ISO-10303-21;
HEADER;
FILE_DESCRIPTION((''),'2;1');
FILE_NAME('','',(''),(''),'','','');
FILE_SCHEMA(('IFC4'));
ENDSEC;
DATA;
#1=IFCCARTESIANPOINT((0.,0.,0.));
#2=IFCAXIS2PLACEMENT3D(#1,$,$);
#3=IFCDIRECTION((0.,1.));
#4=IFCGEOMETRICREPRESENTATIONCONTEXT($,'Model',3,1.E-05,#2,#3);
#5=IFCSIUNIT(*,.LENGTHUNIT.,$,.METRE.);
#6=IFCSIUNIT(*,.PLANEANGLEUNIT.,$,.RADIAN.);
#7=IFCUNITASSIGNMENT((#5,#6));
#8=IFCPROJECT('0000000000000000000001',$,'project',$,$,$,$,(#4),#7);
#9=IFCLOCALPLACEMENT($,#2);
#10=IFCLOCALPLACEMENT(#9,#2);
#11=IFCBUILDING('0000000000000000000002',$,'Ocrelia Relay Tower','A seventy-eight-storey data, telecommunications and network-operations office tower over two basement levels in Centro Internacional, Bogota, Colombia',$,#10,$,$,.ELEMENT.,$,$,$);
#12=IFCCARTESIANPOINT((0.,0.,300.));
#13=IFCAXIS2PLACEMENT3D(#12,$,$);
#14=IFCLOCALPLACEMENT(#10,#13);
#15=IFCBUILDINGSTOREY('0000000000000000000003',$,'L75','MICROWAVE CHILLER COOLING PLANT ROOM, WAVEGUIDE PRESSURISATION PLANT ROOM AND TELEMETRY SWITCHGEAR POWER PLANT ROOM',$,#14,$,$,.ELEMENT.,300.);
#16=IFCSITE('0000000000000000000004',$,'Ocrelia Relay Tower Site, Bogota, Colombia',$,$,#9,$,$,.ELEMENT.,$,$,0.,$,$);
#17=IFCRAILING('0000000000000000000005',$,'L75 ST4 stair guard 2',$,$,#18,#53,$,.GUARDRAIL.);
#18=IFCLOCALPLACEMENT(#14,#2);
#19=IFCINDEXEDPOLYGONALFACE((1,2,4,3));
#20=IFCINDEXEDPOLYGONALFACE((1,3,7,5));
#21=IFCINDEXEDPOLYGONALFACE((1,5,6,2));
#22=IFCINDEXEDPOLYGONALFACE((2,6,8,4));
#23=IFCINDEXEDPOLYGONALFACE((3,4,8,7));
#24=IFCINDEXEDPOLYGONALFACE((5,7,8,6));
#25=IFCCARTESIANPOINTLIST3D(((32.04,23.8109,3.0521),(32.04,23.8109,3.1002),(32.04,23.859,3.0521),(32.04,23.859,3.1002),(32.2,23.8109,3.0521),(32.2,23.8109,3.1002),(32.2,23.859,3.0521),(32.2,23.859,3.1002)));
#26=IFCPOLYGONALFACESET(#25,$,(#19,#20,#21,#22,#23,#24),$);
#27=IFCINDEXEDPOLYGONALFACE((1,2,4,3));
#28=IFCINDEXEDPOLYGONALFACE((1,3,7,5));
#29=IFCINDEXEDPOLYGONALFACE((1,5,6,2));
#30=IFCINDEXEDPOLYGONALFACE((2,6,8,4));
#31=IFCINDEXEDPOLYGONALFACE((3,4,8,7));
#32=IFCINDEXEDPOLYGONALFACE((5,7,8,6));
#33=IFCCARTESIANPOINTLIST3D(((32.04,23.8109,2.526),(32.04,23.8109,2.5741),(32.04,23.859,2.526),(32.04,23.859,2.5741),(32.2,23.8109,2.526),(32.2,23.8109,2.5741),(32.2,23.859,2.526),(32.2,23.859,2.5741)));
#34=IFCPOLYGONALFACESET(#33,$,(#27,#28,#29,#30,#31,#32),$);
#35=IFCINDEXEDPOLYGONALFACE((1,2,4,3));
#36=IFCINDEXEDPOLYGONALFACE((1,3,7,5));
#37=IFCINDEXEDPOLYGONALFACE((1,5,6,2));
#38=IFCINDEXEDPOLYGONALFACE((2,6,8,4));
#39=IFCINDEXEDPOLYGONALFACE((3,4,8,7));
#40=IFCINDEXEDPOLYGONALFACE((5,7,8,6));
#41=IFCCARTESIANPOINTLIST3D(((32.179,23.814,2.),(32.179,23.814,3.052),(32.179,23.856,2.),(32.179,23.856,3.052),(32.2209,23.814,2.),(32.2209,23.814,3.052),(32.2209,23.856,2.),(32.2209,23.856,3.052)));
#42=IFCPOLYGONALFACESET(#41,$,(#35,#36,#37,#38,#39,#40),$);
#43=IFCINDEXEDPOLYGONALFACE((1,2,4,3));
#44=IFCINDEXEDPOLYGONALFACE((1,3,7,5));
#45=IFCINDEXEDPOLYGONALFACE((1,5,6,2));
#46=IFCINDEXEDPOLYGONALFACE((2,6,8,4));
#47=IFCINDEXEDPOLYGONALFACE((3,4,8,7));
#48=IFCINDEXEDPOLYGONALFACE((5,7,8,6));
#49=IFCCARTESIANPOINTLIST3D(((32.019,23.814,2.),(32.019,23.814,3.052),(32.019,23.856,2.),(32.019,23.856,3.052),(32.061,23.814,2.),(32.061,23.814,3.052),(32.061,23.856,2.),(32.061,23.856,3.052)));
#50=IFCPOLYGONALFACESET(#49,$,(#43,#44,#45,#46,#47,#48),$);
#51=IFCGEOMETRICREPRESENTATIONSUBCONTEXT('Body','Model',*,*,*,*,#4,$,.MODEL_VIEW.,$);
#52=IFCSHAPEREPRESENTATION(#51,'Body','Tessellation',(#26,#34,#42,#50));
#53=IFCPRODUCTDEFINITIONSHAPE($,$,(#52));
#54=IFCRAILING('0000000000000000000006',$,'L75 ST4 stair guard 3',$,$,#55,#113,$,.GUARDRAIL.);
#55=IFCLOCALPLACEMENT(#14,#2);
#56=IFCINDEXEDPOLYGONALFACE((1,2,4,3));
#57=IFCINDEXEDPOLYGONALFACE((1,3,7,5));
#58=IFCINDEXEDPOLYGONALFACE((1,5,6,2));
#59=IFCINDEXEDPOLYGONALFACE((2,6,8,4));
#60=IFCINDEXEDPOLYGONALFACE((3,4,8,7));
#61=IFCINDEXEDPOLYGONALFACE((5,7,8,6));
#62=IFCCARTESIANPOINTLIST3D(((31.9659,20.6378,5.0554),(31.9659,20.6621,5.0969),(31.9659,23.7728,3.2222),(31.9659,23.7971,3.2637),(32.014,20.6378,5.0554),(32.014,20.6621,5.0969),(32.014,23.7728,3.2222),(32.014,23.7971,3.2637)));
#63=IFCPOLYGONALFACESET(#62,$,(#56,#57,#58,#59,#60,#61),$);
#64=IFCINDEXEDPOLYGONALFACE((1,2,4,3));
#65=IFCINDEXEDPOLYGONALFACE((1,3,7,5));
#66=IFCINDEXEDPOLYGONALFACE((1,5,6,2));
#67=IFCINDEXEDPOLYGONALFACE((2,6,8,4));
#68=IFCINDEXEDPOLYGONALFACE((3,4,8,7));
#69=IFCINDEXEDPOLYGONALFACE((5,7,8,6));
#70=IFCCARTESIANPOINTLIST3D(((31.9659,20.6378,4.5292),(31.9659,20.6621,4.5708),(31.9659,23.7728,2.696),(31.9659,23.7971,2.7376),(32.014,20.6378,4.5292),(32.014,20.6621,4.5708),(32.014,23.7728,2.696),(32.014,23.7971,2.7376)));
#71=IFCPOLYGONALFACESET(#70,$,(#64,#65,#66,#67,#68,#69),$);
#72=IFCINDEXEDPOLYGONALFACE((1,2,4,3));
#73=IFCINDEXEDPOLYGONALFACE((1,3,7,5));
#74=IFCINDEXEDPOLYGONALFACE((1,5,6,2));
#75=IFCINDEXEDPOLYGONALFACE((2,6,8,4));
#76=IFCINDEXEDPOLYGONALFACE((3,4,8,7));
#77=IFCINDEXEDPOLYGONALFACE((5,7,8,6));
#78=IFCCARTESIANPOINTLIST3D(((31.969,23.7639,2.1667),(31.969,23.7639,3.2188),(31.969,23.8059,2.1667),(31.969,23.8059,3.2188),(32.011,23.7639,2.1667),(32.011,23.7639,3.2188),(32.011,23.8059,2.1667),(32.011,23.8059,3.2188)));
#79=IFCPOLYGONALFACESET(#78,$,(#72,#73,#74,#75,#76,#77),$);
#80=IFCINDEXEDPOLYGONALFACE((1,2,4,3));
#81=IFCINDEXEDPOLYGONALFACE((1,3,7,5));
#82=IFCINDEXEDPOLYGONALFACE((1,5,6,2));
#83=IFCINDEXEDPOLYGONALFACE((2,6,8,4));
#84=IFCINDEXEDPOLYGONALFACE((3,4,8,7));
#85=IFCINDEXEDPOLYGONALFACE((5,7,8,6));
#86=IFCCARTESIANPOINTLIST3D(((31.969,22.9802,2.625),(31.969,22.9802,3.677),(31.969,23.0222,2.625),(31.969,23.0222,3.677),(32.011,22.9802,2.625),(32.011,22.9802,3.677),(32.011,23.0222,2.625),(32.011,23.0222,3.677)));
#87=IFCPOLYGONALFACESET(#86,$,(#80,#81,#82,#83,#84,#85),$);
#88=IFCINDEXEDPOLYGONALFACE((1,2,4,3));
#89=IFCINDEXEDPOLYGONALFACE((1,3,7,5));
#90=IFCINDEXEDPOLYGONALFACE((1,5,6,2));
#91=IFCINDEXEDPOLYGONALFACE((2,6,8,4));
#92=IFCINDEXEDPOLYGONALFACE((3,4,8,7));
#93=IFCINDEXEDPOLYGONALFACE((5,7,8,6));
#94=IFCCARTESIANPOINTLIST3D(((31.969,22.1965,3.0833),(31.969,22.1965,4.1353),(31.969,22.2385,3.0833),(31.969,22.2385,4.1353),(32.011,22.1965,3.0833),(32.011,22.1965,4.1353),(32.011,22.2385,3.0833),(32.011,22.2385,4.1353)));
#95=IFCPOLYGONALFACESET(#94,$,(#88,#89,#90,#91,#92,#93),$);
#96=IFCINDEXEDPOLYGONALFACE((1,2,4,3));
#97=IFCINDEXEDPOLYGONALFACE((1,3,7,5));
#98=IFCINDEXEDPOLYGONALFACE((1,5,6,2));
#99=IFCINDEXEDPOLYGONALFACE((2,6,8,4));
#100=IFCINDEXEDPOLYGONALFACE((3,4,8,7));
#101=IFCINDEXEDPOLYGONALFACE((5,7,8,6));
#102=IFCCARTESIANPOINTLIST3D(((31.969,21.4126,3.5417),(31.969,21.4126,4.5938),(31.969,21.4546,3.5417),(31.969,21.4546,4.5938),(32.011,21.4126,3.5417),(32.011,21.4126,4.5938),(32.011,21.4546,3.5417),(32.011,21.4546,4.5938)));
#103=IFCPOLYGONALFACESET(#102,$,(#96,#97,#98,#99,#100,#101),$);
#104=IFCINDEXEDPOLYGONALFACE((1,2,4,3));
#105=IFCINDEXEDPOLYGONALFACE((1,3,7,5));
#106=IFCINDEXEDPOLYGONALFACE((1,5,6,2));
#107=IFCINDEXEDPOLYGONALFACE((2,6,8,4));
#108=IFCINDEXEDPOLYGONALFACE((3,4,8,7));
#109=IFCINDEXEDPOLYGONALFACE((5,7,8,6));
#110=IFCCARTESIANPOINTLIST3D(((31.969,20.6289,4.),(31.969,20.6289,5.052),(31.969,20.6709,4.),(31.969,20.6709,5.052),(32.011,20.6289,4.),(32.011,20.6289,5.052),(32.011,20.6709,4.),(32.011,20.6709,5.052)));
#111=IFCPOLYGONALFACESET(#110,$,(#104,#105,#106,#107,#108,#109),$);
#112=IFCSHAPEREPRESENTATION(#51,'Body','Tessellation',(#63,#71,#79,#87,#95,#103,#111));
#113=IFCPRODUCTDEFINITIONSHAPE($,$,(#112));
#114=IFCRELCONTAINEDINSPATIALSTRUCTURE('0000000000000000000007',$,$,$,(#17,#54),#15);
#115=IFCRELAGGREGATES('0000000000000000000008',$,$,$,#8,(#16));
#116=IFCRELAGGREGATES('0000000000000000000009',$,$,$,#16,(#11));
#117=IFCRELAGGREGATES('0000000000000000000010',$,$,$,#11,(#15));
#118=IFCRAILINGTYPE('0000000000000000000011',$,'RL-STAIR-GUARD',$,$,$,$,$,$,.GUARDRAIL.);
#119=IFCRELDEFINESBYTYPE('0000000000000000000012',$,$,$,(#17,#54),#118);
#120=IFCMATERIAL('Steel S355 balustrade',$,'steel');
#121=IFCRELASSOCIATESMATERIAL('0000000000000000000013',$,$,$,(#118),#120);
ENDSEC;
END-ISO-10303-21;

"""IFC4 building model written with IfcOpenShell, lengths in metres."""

from ifc_helpers import new_model, si_unit, direction, frame, origin, origin_2d, place, context, subcontext, project, spatial, rectangle, extrude, material, type_object, element, save


model = new_model("IFC4")

# Units and contexts
model_context = context("Model", 3, precision=1e-05, world=origin(), true_north=direction((0.0, 1.0)))
body_context = subcontext(model_context, "Body", "Model", "MODEL_VIEW")
ifc_project = project(units=[si_unit("LENGTHUNIT", "METRE"), si_unit("PLANEANGLEUNIT", "RADIAN")], contexts=[model_context])

# Site, building, storey
site_placement = place(None, origin())
site = spatial("IfcSite", under=ifc_project, at=site_placement, Name="Ocrelia Relay Tower Site, Bogota, Colombia", CompositionType="ELEMENT", RefElevation=0.0)
building_placement = place(site_placement, origin())
building = spatial("IfcBuilding", under=site, at=building_placement, Name="Ocrelia Relay Tower", Description="A seventy-eight-storey data, telecommunications and network-operations office tower over two basement levels in Centro Internacional, Bogota, Colombia", CompositionType="ELEMENT")
storey_placement = place(building_placement, frame((0.0, 0.0, 300.0)))
storey = spatial("IfcBuildingStorey", under=building, at=storey_placement, Name="L75", Description="MICROWAVE CHILLER COOLING PLANT ROOM, WAVEGUIDE PRESSURISATION PLANT ROOM AND TELEMETRY SWITCHGEAR POWER PLANT ROOM", CompositionType="ELEMENT", Elevation=300.0)

# Railings
ifc_material_1 = material(Name="Steel S355 balustrade", Category="steel")
railing_type = type_object("IfcRailingType", Name="RL-STAIR-GUARD", PredefinedType="GUARDRAIL", material=ifc_material_1)
railing_1_placement = place(storey_placement, frame((32.2, 23.835, 2.0)))
element("IfcRailing", 1, at=railing_1_placement, inside=storey, type_object=railing_type, Name="L75 ST4 stair guard 2", PredefinedType="GUARDRAIL", context=body_context, shape_type="SweptSolid", body=[
    extrude(rectangle(XDim=0.0481, YDim=0.0481, at=origin_2d()), frame((0.0, 0.0, 1.0762), z_axis=(-1.0, 0.0, 0.0), x_axis=(0.0, -1.0, 0.0)), (0.0, 0.0, 1.0), 0.1599),
    extrude(rectangle(XDim=0.0481, YDim=0.0481, at=origin_2d()), frame((0.0, 0.0, 0.55), z_axis=(-1.0, 0.0, 0.0), x_axis=(0.0, -1.0, 0.0)), (0.0, 0.0, 1.0), 0.1599),
    extrude(rectangle(XDim=0.042, YDim=0.042, at=origin_2d()), origin(), (0.0, 0.0, 1.0), 1.052),
    extrude(rectangle(XDim=0.042, YDim=0.042, at=origin_2d()), frame((-0.1599, 0.0, 0.0)), (0.0, 0.0, 1.0), 1.052),
])
railing_2_placement = place(storey_placement, frame((31.99, 23.7849, 2.1667)))
element("IfcRailing", 2, at=railing_2_placement, inside=storey, type_object=railing_type, Name="L75 ST4 stair guard 3", PredefinedType="GUARDRAIL", context=body_context, shape_type="SweptSolid", body=[
    extrude(rectangle(XDim=0.0481, YDim=0.0481, at=origin_2d()), frame((0.0, 0.0, 1.0762), z_axis=(0.0, -0.86324, 0.504794), x_axis=(1.0, 0.0, 0.0)), (0.0, 0.0, 1.0), 3.6316),
    extrude(rectangle(XDim=0.0481, YDim=0.0481, at=origin_2d()), frame((0.0, 0.0, 0.55), z_axis=(0.0, -0.86324, 0.504794), x_axis=(1.0, 0.0, 0.0)), (0.0, 0.0, 1.0), 3.6316),
    extrude(rectangle(XDim=0.042, YDim=0.042, at=origin_2d()), origin(), (0.0, 0.0, 1.0), 1.052),
    extrude(rectangle(XDim=0.042, YDim=0.042, at=origin_2d()), frame((0.0, -0.7837, 0.4583)), (0.0, 0.0, 1.0), 1.052),
    extrude(rectangle(XDim=0.042, YDim=0.042, at=origin_2d()), frame((0.0, -1.5674, 0.9165)), (0.0, 0.0, 1.0), 1.052),
    extrude(rectangle(XDim=0.042, YDim=0.042, at=origin_2d()), frame((0.0, -2.3513, 1.375)), (0.0, 0.0, 1.0), 1.052),
    extrude(rectangle(XDim=0.042, YDim=0.042, at=origin_2d()), frame((0.0, -3.135, 1.8333)), (0.0, 0.0, 1.0), 1.052),
])

save(model, "model.ifc")
